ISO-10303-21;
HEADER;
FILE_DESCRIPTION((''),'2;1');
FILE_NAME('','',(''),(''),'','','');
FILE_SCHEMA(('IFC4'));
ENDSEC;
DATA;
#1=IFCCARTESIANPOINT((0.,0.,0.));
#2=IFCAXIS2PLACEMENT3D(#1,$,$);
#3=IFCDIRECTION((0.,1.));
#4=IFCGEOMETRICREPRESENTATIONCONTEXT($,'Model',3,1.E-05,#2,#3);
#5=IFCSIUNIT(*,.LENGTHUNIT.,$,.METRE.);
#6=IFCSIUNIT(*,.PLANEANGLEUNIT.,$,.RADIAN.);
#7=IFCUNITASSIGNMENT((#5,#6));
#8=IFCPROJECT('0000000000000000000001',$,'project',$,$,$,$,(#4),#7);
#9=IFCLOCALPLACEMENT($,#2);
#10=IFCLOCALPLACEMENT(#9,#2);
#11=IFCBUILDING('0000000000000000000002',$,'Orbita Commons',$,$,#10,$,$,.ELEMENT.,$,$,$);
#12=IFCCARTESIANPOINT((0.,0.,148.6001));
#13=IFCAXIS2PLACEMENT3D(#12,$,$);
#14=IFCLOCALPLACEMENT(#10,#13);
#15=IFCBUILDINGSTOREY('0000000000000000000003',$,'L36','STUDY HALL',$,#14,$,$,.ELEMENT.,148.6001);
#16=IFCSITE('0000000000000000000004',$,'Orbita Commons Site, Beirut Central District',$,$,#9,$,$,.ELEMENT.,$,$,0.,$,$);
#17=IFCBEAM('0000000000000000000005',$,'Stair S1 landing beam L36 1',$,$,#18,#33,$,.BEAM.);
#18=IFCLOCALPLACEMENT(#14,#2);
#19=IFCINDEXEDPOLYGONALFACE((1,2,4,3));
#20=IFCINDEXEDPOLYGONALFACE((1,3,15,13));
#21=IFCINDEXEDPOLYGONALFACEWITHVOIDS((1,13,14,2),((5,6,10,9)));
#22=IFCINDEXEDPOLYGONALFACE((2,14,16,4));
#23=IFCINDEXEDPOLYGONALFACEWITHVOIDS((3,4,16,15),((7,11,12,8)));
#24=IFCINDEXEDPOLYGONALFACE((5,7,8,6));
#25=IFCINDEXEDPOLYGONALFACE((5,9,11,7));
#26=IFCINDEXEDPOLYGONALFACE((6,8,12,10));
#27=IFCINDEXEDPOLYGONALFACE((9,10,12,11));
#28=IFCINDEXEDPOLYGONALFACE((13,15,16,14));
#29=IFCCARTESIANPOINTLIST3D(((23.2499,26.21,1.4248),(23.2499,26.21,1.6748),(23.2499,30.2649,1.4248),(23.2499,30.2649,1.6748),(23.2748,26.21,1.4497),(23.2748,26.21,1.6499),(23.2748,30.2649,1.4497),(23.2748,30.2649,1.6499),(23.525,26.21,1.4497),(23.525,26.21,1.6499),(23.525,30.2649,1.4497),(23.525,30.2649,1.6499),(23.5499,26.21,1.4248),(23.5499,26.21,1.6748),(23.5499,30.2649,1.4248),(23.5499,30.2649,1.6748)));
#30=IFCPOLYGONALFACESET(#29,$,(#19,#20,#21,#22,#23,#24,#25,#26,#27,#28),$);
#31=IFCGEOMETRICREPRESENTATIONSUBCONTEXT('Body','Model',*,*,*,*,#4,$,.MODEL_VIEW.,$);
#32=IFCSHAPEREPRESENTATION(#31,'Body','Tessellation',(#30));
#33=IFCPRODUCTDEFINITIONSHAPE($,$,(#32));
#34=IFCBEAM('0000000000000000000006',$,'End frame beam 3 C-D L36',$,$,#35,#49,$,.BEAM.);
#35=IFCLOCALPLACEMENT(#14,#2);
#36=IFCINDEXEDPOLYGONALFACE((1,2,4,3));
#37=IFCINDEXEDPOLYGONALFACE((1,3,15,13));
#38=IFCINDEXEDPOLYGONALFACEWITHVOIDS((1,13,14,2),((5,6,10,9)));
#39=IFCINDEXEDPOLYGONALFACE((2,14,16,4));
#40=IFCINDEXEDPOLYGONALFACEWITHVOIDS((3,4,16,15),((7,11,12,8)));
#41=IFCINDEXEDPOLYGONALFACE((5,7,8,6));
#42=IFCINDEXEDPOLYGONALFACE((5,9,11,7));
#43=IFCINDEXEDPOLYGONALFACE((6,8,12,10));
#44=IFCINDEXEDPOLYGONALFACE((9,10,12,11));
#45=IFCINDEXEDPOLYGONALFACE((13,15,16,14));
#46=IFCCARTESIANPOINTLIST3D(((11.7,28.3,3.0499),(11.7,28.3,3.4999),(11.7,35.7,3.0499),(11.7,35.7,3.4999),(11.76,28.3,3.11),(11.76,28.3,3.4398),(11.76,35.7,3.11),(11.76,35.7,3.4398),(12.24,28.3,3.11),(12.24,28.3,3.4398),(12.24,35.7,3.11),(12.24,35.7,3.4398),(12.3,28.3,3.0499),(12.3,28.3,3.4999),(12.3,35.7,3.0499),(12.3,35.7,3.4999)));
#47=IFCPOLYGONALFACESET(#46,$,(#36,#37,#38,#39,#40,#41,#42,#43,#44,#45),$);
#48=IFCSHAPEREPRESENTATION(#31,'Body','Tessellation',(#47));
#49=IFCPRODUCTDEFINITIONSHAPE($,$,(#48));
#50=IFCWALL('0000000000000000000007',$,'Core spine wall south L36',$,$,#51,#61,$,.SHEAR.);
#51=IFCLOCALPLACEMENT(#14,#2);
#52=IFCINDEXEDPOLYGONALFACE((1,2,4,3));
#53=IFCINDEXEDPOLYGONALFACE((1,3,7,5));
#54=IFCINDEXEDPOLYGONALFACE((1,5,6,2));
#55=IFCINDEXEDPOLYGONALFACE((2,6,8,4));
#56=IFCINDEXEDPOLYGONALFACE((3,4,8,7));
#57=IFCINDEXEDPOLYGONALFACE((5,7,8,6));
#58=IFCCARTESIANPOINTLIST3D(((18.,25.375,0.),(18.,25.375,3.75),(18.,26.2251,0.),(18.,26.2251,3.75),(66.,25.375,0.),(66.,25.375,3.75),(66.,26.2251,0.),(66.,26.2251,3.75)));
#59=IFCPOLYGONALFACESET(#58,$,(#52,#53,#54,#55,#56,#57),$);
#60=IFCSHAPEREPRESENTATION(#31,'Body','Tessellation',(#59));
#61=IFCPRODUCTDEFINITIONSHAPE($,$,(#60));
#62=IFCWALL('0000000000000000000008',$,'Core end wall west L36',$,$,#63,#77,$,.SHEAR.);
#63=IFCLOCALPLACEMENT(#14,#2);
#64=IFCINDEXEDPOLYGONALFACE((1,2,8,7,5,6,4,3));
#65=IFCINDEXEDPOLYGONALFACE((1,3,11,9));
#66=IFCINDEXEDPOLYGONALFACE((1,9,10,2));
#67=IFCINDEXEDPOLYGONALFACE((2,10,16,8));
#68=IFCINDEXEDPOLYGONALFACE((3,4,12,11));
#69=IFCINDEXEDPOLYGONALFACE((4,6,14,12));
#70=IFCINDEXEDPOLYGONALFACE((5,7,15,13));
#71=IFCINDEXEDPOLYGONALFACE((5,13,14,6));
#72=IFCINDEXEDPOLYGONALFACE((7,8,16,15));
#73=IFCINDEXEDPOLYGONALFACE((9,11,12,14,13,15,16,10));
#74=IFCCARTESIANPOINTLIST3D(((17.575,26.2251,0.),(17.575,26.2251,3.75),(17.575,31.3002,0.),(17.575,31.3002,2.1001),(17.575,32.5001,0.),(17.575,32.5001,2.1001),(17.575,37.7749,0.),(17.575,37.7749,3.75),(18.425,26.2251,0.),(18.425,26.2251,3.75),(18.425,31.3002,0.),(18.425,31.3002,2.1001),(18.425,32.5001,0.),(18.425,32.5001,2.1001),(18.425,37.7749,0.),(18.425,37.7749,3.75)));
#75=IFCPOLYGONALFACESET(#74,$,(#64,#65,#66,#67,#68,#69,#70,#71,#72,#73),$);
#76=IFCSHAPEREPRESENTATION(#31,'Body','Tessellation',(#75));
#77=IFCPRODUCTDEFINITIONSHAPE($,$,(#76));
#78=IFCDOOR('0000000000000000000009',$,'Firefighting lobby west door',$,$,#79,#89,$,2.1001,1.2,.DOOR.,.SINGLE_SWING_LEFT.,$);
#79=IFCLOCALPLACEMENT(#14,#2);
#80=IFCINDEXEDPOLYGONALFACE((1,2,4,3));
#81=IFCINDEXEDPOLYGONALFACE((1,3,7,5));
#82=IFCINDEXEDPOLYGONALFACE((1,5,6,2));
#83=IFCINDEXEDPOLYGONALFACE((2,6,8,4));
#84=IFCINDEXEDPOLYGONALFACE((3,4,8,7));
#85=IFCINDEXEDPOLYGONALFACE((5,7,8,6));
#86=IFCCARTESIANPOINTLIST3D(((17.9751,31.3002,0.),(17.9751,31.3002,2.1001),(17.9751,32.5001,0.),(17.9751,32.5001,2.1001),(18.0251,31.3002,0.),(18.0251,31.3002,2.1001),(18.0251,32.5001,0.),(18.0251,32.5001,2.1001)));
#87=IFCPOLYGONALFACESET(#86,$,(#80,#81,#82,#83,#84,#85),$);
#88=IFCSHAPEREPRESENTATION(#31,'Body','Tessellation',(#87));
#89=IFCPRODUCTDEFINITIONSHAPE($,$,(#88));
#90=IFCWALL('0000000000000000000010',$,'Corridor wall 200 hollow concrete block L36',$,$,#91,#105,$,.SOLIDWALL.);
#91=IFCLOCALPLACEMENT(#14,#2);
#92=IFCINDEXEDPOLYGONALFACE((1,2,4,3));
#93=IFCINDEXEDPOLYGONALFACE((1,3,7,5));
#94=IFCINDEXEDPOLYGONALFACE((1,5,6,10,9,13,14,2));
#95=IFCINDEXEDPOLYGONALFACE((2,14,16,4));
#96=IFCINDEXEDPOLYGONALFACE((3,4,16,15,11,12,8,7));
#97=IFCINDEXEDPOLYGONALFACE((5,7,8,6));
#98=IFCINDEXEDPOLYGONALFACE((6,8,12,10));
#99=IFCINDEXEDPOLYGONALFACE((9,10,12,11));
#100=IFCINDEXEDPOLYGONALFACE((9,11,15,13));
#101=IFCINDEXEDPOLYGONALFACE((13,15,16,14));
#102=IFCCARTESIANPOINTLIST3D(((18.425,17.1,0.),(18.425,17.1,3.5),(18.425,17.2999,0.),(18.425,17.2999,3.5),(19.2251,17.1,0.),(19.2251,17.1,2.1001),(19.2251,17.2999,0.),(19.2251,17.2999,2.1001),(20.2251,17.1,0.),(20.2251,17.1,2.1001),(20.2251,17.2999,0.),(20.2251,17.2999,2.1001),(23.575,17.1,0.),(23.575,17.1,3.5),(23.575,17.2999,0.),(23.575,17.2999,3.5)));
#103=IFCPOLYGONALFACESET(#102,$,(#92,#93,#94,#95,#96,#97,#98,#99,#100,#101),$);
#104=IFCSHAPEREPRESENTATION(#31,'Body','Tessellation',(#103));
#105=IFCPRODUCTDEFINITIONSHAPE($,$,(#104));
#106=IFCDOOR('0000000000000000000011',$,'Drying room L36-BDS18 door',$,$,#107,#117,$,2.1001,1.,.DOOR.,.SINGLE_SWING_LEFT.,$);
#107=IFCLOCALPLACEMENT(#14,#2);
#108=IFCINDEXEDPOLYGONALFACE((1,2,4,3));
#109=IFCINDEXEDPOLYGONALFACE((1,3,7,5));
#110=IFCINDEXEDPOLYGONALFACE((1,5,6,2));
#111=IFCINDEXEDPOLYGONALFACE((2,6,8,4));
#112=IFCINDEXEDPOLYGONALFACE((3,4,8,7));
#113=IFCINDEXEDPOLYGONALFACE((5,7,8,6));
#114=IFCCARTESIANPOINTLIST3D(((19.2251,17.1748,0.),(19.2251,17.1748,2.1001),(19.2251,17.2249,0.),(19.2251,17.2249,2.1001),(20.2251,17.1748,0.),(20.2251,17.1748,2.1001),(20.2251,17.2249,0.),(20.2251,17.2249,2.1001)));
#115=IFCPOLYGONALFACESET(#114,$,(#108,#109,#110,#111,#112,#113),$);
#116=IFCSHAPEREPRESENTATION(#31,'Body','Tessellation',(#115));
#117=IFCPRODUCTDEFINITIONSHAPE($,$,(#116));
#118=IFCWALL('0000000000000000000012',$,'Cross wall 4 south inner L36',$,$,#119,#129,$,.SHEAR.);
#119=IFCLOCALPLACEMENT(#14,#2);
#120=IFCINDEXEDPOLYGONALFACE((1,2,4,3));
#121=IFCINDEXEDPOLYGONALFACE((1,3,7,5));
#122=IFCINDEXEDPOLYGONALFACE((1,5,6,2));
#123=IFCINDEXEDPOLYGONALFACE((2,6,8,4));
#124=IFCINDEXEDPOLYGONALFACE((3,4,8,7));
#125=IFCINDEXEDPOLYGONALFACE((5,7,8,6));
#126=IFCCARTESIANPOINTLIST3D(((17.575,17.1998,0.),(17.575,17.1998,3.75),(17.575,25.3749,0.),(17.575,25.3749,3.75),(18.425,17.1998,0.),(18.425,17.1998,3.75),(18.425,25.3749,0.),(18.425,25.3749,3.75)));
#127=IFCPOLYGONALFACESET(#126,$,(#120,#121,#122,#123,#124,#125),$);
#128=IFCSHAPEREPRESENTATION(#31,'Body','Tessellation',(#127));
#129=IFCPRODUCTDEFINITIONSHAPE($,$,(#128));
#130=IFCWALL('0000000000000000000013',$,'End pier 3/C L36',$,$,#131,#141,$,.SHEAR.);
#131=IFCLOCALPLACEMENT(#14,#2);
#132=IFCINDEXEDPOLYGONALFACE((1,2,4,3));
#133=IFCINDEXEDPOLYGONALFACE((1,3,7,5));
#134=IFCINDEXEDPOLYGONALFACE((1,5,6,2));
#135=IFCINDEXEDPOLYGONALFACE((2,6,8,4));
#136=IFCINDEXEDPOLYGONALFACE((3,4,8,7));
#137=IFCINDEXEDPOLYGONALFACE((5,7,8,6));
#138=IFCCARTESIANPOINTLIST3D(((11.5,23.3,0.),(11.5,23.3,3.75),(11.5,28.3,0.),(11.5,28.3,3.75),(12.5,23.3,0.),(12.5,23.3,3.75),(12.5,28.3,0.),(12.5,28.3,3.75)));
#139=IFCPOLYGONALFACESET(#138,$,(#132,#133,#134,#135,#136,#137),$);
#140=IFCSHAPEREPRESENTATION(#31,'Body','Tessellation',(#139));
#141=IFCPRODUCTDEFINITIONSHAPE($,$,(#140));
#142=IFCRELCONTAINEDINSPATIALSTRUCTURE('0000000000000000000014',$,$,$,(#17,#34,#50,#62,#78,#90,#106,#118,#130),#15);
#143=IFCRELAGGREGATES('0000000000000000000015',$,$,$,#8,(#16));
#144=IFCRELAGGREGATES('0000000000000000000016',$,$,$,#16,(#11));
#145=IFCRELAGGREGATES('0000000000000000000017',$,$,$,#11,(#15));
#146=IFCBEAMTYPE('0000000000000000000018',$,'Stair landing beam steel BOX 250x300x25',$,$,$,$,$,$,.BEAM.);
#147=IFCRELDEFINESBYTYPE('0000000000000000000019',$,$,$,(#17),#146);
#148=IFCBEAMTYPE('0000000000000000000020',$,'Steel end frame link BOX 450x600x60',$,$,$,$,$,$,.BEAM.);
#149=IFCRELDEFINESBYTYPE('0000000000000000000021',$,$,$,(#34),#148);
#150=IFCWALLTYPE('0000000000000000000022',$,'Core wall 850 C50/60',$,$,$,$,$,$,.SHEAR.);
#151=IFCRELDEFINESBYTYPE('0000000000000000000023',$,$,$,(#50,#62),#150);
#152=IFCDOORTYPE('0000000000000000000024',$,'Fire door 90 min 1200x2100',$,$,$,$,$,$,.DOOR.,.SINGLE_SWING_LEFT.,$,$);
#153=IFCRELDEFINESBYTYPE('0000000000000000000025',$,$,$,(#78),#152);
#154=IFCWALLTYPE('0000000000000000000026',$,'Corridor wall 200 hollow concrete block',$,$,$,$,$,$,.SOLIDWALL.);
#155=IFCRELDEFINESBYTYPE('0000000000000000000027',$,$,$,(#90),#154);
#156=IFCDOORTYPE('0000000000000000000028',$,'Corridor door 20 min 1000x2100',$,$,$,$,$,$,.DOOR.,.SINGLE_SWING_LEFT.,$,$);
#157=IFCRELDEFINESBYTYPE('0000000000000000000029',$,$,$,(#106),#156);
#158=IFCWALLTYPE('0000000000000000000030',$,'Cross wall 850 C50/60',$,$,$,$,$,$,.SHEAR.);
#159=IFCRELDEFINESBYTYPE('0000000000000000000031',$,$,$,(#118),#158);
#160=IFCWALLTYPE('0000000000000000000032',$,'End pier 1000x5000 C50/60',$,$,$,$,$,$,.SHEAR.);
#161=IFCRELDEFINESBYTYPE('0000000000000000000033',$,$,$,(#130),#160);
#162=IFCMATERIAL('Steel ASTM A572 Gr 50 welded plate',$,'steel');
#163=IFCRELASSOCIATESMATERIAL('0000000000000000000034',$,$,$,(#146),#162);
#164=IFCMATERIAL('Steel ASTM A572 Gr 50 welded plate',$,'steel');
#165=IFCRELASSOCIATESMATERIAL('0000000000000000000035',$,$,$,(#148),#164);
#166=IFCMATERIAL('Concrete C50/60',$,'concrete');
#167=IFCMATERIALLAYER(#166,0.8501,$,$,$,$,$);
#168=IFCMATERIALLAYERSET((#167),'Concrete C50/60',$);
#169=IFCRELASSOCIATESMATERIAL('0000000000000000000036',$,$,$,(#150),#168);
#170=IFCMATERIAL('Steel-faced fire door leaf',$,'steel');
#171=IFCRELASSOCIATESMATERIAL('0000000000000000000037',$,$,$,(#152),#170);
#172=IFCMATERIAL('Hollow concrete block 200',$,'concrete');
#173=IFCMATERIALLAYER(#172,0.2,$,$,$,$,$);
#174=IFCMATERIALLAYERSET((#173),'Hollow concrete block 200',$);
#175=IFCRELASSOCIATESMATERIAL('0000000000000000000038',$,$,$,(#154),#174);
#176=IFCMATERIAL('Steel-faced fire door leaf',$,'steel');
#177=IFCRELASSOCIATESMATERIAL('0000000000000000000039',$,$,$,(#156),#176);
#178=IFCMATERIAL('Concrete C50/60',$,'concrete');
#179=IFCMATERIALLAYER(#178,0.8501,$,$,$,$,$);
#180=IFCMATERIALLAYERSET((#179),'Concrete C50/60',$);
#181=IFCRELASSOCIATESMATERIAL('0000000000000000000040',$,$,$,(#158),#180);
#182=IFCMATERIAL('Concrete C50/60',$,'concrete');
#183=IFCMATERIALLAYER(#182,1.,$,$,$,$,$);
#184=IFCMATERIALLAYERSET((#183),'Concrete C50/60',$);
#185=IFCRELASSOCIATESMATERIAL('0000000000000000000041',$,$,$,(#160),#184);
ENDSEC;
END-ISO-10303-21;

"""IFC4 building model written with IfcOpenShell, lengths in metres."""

from ifc_helpers import new_model, si_unit, direction, frame, frame_2d, origin, origin_2d, place, context, subcontext, project, spatial, rectangle, hollow_rectangle, extrude, material, layer, layer_set, material_profile, profile_set, type_object, element, fill, save


model = new_model("IFC4")

# Units and contexts
model_context = context("Model", 3, precision=1e-05, world=origin(), true_north=direction((0.0, 1.0)))
body_context = subcontext(model_context, "Body", "Model", "MODEL_VIEW")
ifc_project = project(units=[si_unit("LENGTHUNIT", "METRE"), si_unit("PLANEANGLEUNIT", "RADIAN")], contexts=[model_context])

# Site, building, storey
site_placement = place(None, origin())
site = spatial("IfcSite", under=ifc_project, at=site_placement, Name="Orbita Commons Site, Beirut Central District", CompositionType="ELEMENT", RefElevation=0.0)
building_placement = place(site_placement, origin())
building = spatial("IfcBuilding", under=site, at=building_placement, Name="Orbita Commons", CompositionType="ELEMENT")
storey_placement = place(building_placement, frame((0.0, 0.0, 148.6001)))
storey = spatial("IfcBuildingStorey", under=building, at=storey_placement, Name="L36", Description="STUDY HALL", CompositionType="ELEMENT", Elevation=148.6001)

# Beams
ifc_material_1 = material(Name="Steel ASTM A572 Gr 50 welded plate", Category="steel")
ifc_material_profile_1 = material_profile(ifc_material_1, hollow_rectangle(XDim=0.3, YDim=0.25, WallThickness=0.0249, at=origin_2d()), Name="BOX 250x300x25")
ifc_profile_set_1 = profile_set([ifc_material_profile_1], Name="Steel ASTM A572 Gr 50 welded plate")
beam_type_1 = type_object("IfcBeamType", Name="Stair landing beam steel BOX 250x300x25", PredefinedType="BEAM", material=ifc_profile_set_1)
beam_1_placement = place(storey_placement, frame((23.3999, 26.21, 1.5498), z_axis=(0.0, 1.0, 0.0), x_axis=(-1.0, 0.0, 0.0)))
element("IfcBeam", 1, at=beam_1_placement, inside=storey, type_object=beam_type_1, Name="Stair S1 landing beam L36 1", PredefinedType="BEAM", context=body_context, shape_type="SweptSolid", body=[
    extrude(hollow_rectangle(XDim=0.3, YDim=0.25, WallThickness=0.0249, at=origin_2d()), origin(), (0.0, 0.0, 1.0), 4.0549),
])
ifc_material_2 = material(Name="Steel ASTM A572 Gr 50 welded plate", Category="steel")
ifc_material_profile_2 = material_profile(ifc_material_2, hollow_rectangle(XDim=0.6001, YDim=0.45, WallThickness=0.0601, at=origin_2d()), Name="BOX 450x600x60")
ifc_profile_set_2 = profile_set([ifc_material_profile_2], Name="Steel ASTM A572 Gr 50 welded plate")
beam_type_2 = type_object("IfcBeamType", Name="Steel end frame link BOX 450x600x60", PredefinedType="BEAM", material=ifc_profile_set_2)
beam_2_placement = place(storey_placement, frame((12.0, 28.3, 3.2749), z_axis=(0.0, 1.0, 0.0), x_axis=(-1.0, 0.0, 0.0)))
element("IfcBeam", 2, at=beam_2_placement, inside=storey, type_object=beam_type_2, Name="End frame beam 3 C-D L36", PredefinedType="BEAM", context=body_context, shape_type="SweptSolid", body=[
    extrude(hollow_rectangle(XDim=0.6001, YDim=0.45, WallThickness=0.0601, at=origin_2d()), origin(), (0.0, 0.0, 1.0), 7.3999),
])

# Wall
ifc_material_3 = material(Name="Concrete C50/60", Category="concrete")
ifc_layer_1 = layer(ifc_material_3, 0.8501)
ifc_layer_set_1 = layer_set([ifc_layer_1], Name="Concrete C50/60")
wall_type_1 = type_object("IfcWallType", Name="Core wall 850 C50/60", PredefinedType="SHEAR", material=ifc_layer_set_1)
wall_1_placement = place(storey_placement, frame((18.0, 25.8, 0.0), z_axis=(0.0, 0.0, 1.0), x_axis=(1.0, 0.0, 0.0)))
element("IfcWall", 3, at=wall_1_placement, inside=storey, type_object=wall_type_1, Name="Core spine wall south L36", PredefinedType="SHEAR", context=body_context, shape_type="SweptSolid", body=[
    extrude(rectangle(XDim=48.0, YDim=0.8501, at=frame_2d((24.0, 0.0))), origin(), (0.0, 0.0, 1.0), 3.75),
])

# Walls, openings, doors
wall_2_placement = place(storey_placement, frame((18.0, 26.2251, 0.0), z_axis=(0.0, 0.0, 1.0), x_axis=(0.0, 1.0, 0.0)))
wall_2 = element("IfcWall", 4, at=wall_2_placement, inside=storey, type_object=wall_type_1, Name="Core end wall west L36", PredefinedType="SHEAR", context=body_context, shape_type="SweptSolid", body=[
    extrude(rectangle(XDim=11.5498, YDim=0.8501, at=frame_2d((5.7749, 0.0))), origin(), (0.0, 0.0, 1.0), 3.75),
])
opening_1_placement = place(wall_2_placement, frame((5.075, 0.0, 0.0)))
opening_1 = element("IfcOpeningElement", 5, at=opening_1_placement, cuts=wall_2, PredefinedType="OPENING", context=body_context, shape_type="SweptSolid", body=[
    extrude(rectangle(XDim=1.2, YDim=2.1001, at=frame_2d((0.6001, 1.05))), frame((0.0, 0.4351, 0.0), z_axis=(0.0, -1.0, 0.0), x_axis=(1.0, 0.0, 0.0)), (0.0, 0.0, 1.0), 0.8701),
])
ifc_material_4 = material(Name="Steel-faced fire door leaf", Category="steel")
door_type_1 = type_object("IfcDoorType", Name="Fire door 90 min 1200x2100", OperationType="SINGLE_SWING_LEFT", PredefinedType="DOOR", material=ifc_material_4)
door_1_placement = place(opening_1_placement, origin())
door_1 = element("IfcDoor", 6, at=door_1_placement, inside=storey, type_object=door_type_1, Name="Firefighting lobby west door", OperationType="SINGLE_SWING_LEFT", OverallHeight=2.1001, OverallWidth=1.2, PredefinedType="DOOR", context=body_context, shape_type="SweptSolid", body=[
    extrude(rectangle(XDim=1.2, YDim=2.1001, at=frame_2d((0.6001, 1.05))), frame((0.0, 0.0249, 0.0), z_axis=(0.0, -1.0, 0.0), x_axis=(1.0, 0.0, 0.0)), (0.0, 0.0, 1.0), 0.05),
])
fill(opening_1, door_1)
ifc_material_5 = material(Name="Hollow concrete block 200", Category="concrete")
ifc_layer_2 = layer(ifc_material_5, 0.2)
ifc_layer_set_2 = layer_set([ifc_layer_2], Name="Hollow concrete block 200")
wall_type_2 = type_object("IfcWallType", Name="Corridor wall 200 hollow concrete block", PredefinedType="SOLIDWALL", material=ifc_layer_set_2)
wall_3_placement = place(storey_placement, frame((18.425, 17.2, 0.0), z_axis=(0.0, 0.0, 1.0), x_axis=(1.0, 0.0, 0.0)))
wall_3 = element("IfcWall", 7, at=wall_3_placement, inside=storey, type_object=wall_type_2, Name="Corridor wall 200 hollow concrete block L36", PredefinedType="SOLIDWALL", context=body_context, shape_type="SweptSolid", body=[
    extrude(rectangle(XDim=5.1499, YDim=0.2, at=frame_2d((2.575, 0.0))), origin(), (0.0, 0.0, 1.0), 3.5),
])
opening_2_placement = place(wall_3_placement, frame((0.8, 0.0, 0.0)))
opening_2 = element("IfcOpeningElement", 8, at=opening_2_placement, cuts=wall_3, PredefinedType="OPENING", context=body_context, shape_type="SweptSolid", body=[
    extrude(rectangle(XDim=1.0, YDim=2.1001, at=frame_2d((0.5, 1.05))), frame((0.0, 0.1099, 0.0), z_axis=(0.0, -1.0, 0.0), x_axis=(1.0, 0.0, 0.0)), (0.0, 0.0, 1.0), 0.22),
])
ifc_material_6 = material(Name="Steel-faced fire door leaf", Category="steel")
door_type_2 = type_object("IfcDoorType", Name="Corridor door 20 min 1000x2100", OperationType="SINGLE_SWING_LEFT", PredefinedType="DOOR", material=ifc_material_6)
door_2_placement = place(opening_2_placement, origin())
door_2 = element("IfcDoor", 9, at=door_2_placement, inside=storey, type_object=door_type_2, Name="Drying room L36-BDS18 door", OperationType="SINGLE_SWING_LEFT", OverallHeight=2.1001, OverallWidth=1.0, PredefinedType="DOOR", context=body_context, shape_type="SweptSolid", body=[
    extrude(rectangle(XDim=1.0, YDim=2.1001, at=frame_2d((0.5, 1.05))), frame((0.0, 0.0249, 0.0), z_axis=(0.0, -1.0, 0.0), x_axis=(1.0, 0.0, 0.0)), (0.0, 0.0, 1.0), 0.05),
])
fill(opening_2, door_2)

# Walls
ifc_material_7 = material(Name="Concrete C50/60", Category="concrete")
ifc_layer_3 = layer(ifc_material_7, 0.8501)
ifc_layer_set_3 = layer_set([ifc_layer_3], Name="Concrete C50/60")
wall_type_3 = type_object("IfcWallType", Name="Cross wall 850 C50/60", PredefinedType="SHEAR", material=ifc_layer_set_3)
wall_4_placement = place(storey_placement, frame((18.0, 17.2, 0.0), z_axis=(0.0, 0.0, 1.0), x_axis=(0.0, 1.0, 0.0)))
element("IfcWall", 10, at=wall_4_placement, inside=storey, type_object=wall_type_3, Name="Cross wall 4 south inner L36", PredefinedType="SHEAR", context=body_context, shape_type="SweptSolid", body=[
    extrude(rectangle(XDim=8.175, YDim=0.8501, at=frame_2d((4.0874, 0.0))), origin(), (0.0, 0.0, 1.0), 3.75),
])
ifc_material_8 = material(Name="Concrete C50/60", Category="concrete")
ifc_layer_4 = layer(ifc_material_8, 1.0)
ifc_layer_set_4 = layer_set([ifc_layer_4], Name="Concrete C50/60")
wall_type_4 = type_object("IfcWallType", Name="End pier 1000x5000 C50/60", PredefinedType="SHEAR", material=ifc_layer_set_4)
wall_5_placement = place(storey_placement, frame((12.0, 23.3, 0.0), z_axis=(0.0, 0.0, 1.0), x_axis=(0.0, 1.0, 0.0)))
element("IfcWall", 11, at=wall_5_placement, inside=storey, type_object=wall_type_4, Name="End pier 3/C L36", PredefinedType="SHEAR", context=body_context, shape_type="SweptSolid", body=[
    extrude(rectangle(XDim=5.0, YDim=1.0, at=frame_2d((2.5, 0.0))), origin(), (0.0, 0.0, 1.0), 3.75),
])

save(model, "model.ifc")
